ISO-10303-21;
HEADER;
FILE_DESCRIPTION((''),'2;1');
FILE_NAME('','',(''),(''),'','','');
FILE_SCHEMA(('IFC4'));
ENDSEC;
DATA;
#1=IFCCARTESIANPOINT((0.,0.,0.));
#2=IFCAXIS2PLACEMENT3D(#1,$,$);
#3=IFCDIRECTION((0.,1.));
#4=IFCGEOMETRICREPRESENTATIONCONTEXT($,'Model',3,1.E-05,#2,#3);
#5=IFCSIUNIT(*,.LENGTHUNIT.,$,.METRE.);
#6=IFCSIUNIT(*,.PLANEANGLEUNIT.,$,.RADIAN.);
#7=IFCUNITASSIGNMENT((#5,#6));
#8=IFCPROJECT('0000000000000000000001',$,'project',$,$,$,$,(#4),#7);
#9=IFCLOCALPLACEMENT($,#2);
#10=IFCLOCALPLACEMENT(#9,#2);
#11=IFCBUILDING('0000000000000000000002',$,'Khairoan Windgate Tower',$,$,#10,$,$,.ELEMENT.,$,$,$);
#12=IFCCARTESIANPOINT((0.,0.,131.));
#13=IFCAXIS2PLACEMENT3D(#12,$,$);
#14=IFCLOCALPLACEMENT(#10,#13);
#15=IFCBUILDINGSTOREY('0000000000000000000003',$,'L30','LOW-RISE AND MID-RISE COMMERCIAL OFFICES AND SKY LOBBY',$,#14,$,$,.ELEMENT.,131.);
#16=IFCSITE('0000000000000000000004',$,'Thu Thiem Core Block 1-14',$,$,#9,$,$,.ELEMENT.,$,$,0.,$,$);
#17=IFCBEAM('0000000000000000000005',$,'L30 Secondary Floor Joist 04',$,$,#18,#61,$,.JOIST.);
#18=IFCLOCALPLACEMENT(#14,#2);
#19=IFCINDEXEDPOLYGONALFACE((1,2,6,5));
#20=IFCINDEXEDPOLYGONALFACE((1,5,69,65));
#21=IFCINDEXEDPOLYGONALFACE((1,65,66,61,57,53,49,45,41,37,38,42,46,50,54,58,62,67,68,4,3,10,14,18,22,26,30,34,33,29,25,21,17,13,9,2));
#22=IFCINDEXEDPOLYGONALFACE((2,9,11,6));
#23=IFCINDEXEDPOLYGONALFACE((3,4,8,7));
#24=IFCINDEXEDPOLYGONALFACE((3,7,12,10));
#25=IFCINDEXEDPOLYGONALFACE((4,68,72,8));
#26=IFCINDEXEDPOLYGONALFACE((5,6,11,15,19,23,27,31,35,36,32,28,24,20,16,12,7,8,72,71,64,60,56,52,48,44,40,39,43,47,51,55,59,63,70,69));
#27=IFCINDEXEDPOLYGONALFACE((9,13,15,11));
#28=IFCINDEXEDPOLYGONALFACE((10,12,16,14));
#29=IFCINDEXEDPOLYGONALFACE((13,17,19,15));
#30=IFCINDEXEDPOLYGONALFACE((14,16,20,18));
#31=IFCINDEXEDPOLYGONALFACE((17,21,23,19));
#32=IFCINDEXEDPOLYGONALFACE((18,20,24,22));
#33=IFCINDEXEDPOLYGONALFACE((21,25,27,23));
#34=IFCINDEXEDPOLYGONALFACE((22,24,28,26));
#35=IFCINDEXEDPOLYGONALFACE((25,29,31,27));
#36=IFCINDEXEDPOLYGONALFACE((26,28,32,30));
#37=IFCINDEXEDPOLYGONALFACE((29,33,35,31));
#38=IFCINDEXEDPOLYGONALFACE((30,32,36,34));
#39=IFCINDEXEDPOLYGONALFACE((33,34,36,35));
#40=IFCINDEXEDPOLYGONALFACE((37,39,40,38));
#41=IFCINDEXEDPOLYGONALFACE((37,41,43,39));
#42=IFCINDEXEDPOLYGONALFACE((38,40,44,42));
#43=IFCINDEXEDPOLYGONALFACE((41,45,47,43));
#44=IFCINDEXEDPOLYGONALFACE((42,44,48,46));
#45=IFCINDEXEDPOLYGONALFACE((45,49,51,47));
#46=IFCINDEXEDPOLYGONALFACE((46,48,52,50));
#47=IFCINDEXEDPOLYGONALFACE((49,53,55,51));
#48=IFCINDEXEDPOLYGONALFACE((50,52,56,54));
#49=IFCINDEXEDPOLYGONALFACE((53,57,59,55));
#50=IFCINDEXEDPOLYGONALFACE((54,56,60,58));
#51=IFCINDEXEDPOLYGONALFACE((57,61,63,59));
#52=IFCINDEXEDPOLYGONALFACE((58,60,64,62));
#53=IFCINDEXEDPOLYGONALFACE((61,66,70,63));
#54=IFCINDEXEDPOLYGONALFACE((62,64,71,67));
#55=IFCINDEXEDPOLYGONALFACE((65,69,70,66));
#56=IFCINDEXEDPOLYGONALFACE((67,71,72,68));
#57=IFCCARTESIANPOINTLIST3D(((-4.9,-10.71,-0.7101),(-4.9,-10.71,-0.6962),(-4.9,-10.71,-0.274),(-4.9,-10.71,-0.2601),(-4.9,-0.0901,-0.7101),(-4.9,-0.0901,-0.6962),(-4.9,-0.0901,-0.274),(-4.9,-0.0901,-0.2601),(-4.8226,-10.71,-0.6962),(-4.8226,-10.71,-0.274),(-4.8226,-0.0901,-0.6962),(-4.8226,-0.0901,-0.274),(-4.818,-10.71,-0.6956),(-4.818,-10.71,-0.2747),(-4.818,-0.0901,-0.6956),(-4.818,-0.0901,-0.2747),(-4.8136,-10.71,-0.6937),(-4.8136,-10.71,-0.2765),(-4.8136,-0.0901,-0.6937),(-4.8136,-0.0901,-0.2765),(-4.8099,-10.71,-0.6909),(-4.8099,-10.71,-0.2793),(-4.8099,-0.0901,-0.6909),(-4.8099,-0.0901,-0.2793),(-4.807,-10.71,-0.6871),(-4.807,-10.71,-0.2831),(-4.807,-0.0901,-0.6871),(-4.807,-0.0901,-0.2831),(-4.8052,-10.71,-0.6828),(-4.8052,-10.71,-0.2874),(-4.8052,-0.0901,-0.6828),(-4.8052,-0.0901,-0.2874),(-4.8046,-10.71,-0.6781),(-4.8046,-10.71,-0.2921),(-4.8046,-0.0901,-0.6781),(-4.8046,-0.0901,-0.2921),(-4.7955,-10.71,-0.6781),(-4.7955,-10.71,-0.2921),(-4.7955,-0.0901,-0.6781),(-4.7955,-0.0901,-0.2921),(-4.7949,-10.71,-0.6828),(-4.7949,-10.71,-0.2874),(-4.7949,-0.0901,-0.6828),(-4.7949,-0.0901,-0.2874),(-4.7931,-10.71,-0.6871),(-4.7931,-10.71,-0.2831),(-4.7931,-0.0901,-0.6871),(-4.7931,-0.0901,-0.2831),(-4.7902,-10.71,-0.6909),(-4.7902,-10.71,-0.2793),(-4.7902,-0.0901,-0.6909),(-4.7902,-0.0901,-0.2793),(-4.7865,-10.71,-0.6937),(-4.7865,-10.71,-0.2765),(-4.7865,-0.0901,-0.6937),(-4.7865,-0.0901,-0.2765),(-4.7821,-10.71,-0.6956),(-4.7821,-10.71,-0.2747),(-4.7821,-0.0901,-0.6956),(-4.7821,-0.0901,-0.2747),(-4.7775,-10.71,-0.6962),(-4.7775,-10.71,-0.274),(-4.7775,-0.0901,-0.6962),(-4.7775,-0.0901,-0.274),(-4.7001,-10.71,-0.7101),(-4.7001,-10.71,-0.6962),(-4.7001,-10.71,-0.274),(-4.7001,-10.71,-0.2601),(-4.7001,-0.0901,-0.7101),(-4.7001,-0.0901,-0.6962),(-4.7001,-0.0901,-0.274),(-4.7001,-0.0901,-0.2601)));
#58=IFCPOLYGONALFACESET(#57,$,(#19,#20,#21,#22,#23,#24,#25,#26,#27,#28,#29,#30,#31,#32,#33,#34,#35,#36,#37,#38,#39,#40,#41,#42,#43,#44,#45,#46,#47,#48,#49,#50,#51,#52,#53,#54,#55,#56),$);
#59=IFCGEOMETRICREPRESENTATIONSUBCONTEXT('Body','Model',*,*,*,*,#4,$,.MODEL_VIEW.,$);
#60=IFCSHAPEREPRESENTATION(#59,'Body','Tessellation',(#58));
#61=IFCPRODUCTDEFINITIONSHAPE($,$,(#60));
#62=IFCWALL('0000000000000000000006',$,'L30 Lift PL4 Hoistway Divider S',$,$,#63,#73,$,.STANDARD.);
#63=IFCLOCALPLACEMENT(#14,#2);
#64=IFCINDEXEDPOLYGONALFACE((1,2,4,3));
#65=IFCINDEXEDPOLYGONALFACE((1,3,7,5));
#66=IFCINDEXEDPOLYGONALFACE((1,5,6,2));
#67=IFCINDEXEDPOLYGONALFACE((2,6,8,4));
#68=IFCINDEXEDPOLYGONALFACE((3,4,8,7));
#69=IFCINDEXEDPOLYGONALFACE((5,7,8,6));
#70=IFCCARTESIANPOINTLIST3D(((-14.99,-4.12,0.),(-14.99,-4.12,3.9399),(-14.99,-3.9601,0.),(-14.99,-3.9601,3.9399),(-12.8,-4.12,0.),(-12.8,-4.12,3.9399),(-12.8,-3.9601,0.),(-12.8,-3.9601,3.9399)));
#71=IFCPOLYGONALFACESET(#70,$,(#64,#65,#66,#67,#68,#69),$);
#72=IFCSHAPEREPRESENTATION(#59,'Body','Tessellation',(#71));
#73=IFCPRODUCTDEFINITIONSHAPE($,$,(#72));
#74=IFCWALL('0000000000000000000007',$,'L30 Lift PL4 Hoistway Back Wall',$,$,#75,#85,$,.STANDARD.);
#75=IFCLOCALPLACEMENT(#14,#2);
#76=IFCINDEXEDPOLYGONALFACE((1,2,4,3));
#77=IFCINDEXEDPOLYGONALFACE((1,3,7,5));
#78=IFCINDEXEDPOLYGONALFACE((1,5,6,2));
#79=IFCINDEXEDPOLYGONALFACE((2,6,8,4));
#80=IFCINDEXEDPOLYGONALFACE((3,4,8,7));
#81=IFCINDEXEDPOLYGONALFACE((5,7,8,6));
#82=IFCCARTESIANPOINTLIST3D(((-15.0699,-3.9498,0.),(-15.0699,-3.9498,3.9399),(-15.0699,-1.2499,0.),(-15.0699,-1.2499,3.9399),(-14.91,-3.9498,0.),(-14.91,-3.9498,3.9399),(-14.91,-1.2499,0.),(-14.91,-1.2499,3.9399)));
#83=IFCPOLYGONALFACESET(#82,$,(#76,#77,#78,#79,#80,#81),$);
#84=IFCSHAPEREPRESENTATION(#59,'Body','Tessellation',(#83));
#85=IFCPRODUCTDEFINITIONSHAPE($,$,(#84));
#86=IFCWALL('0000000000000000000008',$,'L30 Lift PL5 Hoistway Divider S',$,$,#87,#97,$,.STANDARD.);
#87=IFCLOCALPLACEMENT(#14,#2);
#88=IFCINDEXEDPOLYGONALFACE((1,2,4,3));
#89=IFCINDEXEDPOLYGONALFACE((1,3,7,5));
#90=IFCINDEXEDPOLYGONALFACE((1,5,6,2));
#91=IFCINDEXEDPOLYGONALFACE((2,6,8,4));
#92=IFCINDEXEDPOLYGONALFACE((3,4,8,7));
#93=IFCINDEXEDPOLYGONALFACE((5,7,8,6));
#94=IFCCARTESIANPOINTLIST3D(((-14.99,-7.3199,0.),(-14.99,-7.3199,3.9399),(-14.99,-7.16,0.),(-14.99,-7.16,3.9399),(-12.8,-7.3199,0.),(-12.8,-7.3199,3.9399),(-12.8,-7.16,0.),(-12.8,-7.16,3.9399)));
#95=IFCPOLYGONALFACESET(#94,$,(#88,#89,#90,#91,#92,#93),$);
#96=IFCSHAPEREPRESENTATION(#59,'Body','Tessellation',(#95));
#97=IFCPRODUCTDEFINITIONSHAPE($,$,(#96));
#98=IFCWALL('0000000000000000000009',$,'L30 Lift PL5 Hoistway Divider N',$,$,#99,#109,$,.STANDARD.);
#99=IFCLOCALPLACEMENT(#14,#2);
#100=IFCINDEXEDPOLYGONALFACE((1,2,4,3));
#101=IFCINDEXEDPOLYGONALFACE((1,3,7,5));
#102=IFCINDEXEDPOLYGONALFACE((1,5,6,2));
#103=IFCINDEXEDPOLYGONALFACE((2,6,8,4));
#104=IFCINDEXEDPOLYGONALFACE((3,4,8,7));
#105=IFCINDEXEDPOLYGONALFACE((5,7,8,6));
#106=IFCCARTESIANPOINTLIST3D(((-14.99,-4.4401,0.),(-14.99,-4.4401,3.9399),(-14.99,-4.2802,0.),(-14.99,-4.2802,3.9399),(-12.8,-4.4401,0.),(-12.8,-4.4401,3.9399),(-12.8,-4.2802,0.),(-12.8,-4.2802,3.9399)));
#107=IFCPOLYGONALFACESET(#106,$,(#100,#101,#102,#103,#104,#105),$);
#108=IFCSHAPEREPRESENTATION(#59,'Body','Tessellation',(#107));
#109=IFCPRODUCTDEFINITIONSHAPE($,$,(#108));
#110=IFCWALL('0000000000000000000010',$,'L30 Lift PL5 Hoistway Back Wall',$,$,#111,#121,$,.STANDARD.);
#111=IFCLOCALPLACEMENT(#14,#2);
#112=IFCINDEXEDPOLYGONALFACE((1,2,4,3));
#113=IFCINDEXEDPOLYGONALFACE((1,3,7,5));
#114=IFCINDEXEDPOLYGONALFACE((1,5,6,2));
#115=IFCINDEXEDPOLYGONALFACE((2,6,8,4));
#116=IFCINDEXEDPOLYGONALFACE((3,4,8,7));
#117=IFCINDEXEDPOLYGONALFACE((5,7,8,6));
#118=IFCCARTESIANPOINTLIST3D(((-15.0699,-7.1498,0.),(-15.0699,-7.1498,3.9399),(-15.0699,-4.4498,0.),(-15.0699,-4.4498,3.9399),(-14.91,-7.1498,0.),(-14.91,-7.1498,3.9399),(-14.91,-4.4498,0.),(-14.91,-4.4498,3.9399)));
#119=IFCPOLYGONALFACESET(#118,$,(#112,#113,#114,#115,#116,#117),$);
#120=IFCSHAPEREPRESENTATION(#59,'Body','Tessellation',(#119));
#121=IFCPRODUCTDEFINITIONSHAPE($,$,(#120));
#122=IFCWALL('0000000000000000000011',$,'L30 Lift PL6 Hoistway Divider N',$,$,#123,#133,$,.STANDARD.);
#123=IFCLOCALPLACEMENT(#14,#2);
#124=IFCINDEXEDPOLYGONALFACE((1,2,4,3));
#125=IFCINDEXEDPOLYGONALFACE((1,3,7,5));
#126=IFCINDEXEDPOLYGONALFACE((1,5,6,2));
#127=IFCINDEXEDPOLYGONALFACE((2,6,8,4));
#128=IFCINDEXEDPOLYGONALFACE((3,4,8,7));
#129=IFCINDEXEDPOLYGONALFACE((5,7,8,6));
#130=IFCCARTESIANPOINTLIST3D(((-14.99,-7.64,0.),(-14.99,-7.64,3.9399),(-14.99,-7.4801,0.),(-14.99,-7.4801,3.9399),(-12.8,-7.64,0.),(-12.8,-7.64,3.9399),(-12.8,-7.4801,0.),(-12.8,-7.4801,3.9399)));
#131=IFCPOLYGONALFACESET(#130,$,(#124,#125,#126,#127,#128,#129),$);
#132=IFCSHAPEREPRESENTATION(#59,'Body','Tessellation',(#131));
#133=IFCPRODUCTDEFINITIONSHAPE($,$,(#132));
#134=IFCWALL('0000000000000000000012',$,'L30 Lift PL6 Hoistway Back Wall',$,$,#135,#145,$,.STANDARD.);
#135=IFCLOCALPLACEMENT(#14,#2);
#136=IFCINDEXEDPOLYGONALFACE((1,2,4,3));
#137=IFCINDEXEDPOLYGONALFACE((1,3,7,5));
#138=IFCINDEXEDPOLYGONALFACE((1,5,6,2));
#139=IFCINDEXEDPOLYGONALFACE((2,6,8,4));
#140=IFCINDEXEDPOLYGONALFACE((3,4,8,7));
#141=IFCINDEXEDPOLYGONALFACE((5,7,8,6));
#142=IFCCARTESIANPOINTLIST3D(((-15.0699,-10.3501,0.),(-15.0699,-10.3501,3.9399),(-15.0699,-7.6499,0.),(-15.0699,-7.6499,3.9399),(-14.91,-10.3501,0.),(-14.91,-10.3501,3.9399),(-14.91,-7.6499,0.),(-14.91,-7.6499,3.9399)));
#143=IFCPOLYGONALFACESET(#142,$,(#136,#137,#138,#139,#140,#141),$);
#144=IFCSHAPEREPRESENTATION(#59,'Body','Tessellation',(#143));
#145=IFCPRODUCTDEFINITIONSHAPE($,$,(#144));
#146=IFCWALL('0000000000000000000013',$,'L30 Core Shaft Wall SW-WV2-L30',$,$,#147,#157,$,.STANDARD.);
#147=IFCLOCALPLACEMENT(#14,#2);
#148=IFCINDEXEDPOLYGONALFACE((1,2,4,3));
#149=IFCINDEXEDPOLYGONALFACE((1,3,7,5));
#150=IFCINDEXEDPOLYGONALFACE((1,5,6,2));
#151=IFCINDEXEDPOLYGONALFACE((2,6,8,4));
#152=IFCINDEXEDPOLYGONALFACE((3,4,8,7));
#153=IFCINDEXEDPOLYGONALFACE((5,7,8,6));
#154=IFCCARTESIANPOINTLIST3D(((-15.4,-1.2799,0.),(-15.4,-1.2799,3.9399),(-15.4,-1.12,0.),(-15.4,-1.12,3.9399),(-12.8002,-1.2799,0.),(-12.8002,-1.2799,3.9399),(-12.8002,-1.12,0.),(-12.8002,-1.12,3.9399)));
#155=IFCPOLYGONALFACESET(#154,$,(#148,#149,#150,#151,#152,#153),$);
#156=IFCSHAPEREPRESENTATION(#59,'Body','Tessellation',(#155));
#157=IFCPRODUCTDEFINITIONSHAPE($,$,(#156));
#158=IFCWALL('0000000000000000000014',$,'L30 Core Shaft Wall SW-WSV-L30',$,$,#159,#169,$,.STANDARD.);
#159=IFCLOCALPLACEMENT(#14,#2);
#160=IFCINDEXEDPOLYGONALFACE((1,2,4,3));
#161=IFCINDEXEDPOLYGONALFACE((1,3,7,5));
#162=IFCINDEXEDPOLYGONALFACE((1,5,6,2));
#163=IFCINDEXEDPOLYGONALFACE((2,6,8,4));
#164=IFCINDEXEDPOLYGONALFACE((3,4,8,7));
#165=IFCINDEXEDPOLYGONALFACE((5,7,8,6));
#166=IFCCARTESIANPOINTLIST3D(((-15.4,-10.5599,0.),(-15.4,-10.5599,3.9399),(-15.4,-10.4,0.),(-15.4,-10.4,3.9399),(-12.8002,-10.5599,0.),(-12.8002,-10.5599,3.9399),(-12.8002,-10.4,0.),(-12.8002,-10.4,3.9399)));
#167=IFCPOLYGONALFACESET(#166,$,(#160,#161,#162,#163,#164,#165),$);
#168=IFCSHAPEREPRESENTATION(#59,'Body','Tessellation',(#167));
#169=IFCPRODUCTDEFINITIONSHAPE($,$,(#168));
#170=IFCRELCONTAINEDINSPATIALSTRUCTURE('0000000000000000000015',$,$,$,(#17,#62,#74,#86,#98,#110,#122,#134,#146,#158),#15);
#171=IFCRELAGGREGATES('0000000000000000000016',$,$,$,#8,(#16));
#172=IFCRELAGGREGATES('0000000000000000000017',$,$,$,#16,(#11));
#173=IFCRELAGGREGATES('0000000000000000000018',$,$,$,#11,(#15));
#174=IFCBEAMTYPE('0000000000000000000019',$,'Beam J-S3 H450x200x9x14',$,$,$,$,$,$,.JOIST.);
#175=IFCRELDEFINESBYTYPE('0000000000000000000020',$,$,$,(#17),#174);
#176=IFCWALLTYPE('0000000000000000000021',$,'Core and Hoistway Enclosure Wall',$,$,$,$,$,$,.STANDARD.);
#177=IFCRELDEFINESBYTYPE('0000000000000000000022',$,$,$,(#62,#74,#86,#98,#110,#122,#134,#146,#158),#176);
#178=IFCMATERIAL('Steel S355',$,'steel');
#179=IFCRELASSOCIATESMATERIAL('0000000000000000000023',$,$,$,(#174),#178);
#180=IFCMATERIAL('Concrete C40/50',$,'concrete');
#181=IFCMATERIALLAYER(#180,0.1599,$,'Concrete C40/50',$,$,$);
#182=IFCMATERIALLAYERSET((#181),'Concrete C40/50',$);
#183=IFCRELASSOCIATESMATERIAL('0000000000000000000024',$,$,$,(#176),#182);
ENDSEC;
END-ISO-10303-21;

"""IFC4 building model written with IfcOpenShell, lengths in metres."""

from ifc_helpers import new_model, si_unit, direction, frame, frame_2d, origin, origin_2d, place, context, subcontext, project, spatial, rectangle, i_section, extrude, material, layer, layer_set, material_profile, profile_set, type_object, element, save


model = new_model("IFC4")

# Units and contexts
model_context = context("Model", 3, precision=1e-05, world=origin(), true_north=direction((0.0, 1.0)))
body_context = subcontext(model_context, "Body", "Model", "MODEL_VIEW")
ifc_project = project(units=[si_unit("LENGTHUNIT", "METRE"), si_unit("PLANEANGLEUNIT", "RADIAN")], contexts=[model_context])

# Site, building, storey
site_placement = place(None, origin())
site = spatial("IfcSite", under=ifc_project, at=site_placement, Name="Thu Thiem Core Block 1-14", CompositionType="ELEMENT", RefElevation=0.0)
building_placement = place(site_placement, origin())
building = spatial("IfcBuilding", under=site, at=building_placement, Name="Khairoan Windgate Tower", CompositionType="ELEMENT")
storey_placement = place(building_placement, frame((0.0, 0.0, 131.0)))
storey = spatial("IfcBuildingStorey", under=building, at=storey_placement, Name="L30", Description="LOW-RISE AND MID-RISE COMMERCIAL OFFICES AND SKY LOBBY", CompositionType="ELEMENT", Elevation=131.0)

# Beam
ifc_material_1 = material(Name="Steel S355", Category="steel")
ifc_material_profile_1 = material_profile(ifc_material_1, i_section(OverallWidth=0.2, OverallDepth=0.45, WebThickness=0.009, FlangeThickness=0.0139, FilletRadius=0.0181, at=origin_2d()))
ifc_profile_set_1 = profile_set([ifc_material_profile_1], Name="Steel S355")
beam_type_1 = type_object("IfcBeamType", Name="Beam J-S3 H450x200x9x14", PredefinedType="JOIST", material=ifc_profile_set_1)
beam_1_placement = place(storey_placement, frame((-4.8, -10.71, -0.4851), z_axis=(0.0, 1.0, 0.0), x_axis=(-1.0, 0.0, 0.0)))
element("IfcBeam", 1, at=beam_1_placement, inside=storey, type_object=beam_type_1, Name="L30 Secondary Floor Joist 04", PredefinedType="JOIST", context=body_context, shape_type="SweptSolid", body=[
    extrude(i_section(OverallWidth=0.2, OverallDepth=0.45, WebThickness=0.009, FlangeThickness=0.0139, FilletRadius=0.0181, at=origin_2d()), origin(), (0.0, 0.0, 1.0), 10.6199),
])

# Walls
ifc_material_2 = material(Name="Concrete C40/50", Category="concrete")
ifc_layer_1 = layer(ifc_material_2, 0.1599, Name="Concrete C40/50")
ifc_layer_set_1 = layer_set([ifc_layer_1], Name="Concrete C40/50")
wall_type_1 = type_object("IfcWallType", Name="Core and Hoistway Enclosure Wall", PredefinedType="STANDARD", material=ifc_layer_set_1)
wall_1_placement = place(storey_placement, frame((-14.99, -4.04, 0.0), z_axis=(0.0, 0.0, 1.0), x_axis=(1.0, 0.0, 0.0)))
element("IfcWall", 2, at=wall_1_placement, inside=storey, type_object=wall_type_1, Name="L30 Lift PL4 Hoistway Divider S", PredefinedType="STANDARD", context=body_context, shape_type="SweptSolid", body=[
    extrude(rectangle(XDim=2.1899, YDim=0.1599, at=frame_2d((1.095, 0.0))), origin(), (0.0, 0.0, 1.0), 3.9399),
])
wall_2_placement = place(storey_placement, frame((-14.99, -3.95, 0.0), z_axis=(0.0, 0.0, 1.0), x_axis=(0.0, 1.0, 0.0)))
element("IfcWall", 3, at=wall_2_placement, inside=storey, type_object=wall_type_1, Name="L30 Lift PL4 Hoistway Back Wall", PredefinedType="STANDARD", context=body_context, shape_type="SweptSolid", body=[
    extrude(rectangle(XDim=2.7, YDim=0.1599, at=frame_2d((1.3501, 0.0))), origin(), (0.0, 0.0, 1.0), 3.9399),
])
for number, where, z_axis, x_axis, name in (
    (4, (-14.99, -7.24, 0.0), (0.0, 0.0, 1.0), (1.0, 0.0, 0.0), "L30 Lift PL5 Hoistway Divider S"),
    (5, (-14.99, -4.3601, 0.0), (0.0, 0.0, 1.0), (1.0, 0.0, 0.0), "L30 Lift PL5 Hoistway Divider N"),
):
    element("IfcWall", number, at=place(storey_placement, frame(where, z_axis=z_axis, x_axis=x_axis)), inside=storey, type_object=wall_type_1, Name=name, PredefinedType="STANDARD", context=body_context, shape_type="SweptSolid", body=[
        extrude(rectangle(XDim=2.1899, YDim=0.1599, at=frame_2d((1.095, 0.0))), origin(), (0.0, 0.0, 1.0), 3.9399),
    ])
wall_3_placement = place(storey_placement, frame((-14.99, -7.1499, 0.0), z_axis=(0.0, 0.0, 1.0), x_axis=(0.0, 1.0, 0.0)))
element("IfcWall", 6, at=wall_3_placement, inside=storey, type_object=wall_type_1, Name="L30 Lift PL5 Hoistway Back Wall", PredefinedType="STANDARD", context=body_context, shape_type="SweptSolid", body=[
    extrude(rectangle(XDim=2.7, YDim=0.1599, at=frame_2d((1.3501, 0.0))), origin(), (0.0, 0.0, 1.0), 3.9399),
])
wall_4_placement = place(storey_placement, frame((-14.99, -7.5601, 0.0), z_axis=(0.0, 0.0, 1.0), x_axis=(1.0, 0.0, 0.0)))
element("IfcWall", 7, at=wall_4_placement, inside=storey, type_object=wall_type_1, Name="L30 Lift PL6 Hoistway Divider N", PredefinedType="STANDARD", context=body_context, shape_type="SweptSolid", body=[
    extrude(rectangle(XDim=2.1899, YDim=0.1599, at=frame_2d((1.095, 0.0))), origin(), (0.0, 0.0, 1.0), 3.9399),
])
wall_5_placement = place(storey_placement, frame((-14.99, -10.3501, 0.0), z_axis=(0.0, 0.0, 1.0), x_axis=(0.0, 1.0, 0.0)))
element("IfcWall", 8, at=wall_5_placement, inside=storey, type_object=wall_type_1, Name="L30 Lift PL6 Hoistway Back Wall", PredefinedType="STANDARD", context=body_context, shape_type="SweptSolid", body=[
    extrude(rectangle(XDim=2.7002, YDim=0.1599, at=frame_2d((1.3501, 0.0))), origin(), (0.0, 0.0, 1.0), 3.9399),
])
for number, where, z_axis, x_axis, name in (
    (9, (-15.3999, -1.2, 0.0), (0.0, 0.0, 1.0), (1.0, 0.0, 0.0), "L30 Core Shaft Wall SW-WV2-L30"),
    (10, (-15.3999, -10.48, 0.0), (0.0, 0.0, 1.0), (1.0, 0.0, 0.0), "L30 Core Shaft Wall SW-WSV-L30"),
):
    element("IfcWall", number, at=place(storey_placement, frame(where, z_axis=z_axis, x_axis=x_axis)), inside=storey, type_object=wall_type_1, Name=name, PredefinedType="STANDARD", context=body_context, shape_type="SweptSolid", body=[
        extrude(rectangle(XDim=2.5999, YDim=0.1599, at=frame_2d((1.2998, 0.0))), origin(), (0.0, 0.0, 1.0), 3.9399),
    ])

save(model, "model.ifc")
